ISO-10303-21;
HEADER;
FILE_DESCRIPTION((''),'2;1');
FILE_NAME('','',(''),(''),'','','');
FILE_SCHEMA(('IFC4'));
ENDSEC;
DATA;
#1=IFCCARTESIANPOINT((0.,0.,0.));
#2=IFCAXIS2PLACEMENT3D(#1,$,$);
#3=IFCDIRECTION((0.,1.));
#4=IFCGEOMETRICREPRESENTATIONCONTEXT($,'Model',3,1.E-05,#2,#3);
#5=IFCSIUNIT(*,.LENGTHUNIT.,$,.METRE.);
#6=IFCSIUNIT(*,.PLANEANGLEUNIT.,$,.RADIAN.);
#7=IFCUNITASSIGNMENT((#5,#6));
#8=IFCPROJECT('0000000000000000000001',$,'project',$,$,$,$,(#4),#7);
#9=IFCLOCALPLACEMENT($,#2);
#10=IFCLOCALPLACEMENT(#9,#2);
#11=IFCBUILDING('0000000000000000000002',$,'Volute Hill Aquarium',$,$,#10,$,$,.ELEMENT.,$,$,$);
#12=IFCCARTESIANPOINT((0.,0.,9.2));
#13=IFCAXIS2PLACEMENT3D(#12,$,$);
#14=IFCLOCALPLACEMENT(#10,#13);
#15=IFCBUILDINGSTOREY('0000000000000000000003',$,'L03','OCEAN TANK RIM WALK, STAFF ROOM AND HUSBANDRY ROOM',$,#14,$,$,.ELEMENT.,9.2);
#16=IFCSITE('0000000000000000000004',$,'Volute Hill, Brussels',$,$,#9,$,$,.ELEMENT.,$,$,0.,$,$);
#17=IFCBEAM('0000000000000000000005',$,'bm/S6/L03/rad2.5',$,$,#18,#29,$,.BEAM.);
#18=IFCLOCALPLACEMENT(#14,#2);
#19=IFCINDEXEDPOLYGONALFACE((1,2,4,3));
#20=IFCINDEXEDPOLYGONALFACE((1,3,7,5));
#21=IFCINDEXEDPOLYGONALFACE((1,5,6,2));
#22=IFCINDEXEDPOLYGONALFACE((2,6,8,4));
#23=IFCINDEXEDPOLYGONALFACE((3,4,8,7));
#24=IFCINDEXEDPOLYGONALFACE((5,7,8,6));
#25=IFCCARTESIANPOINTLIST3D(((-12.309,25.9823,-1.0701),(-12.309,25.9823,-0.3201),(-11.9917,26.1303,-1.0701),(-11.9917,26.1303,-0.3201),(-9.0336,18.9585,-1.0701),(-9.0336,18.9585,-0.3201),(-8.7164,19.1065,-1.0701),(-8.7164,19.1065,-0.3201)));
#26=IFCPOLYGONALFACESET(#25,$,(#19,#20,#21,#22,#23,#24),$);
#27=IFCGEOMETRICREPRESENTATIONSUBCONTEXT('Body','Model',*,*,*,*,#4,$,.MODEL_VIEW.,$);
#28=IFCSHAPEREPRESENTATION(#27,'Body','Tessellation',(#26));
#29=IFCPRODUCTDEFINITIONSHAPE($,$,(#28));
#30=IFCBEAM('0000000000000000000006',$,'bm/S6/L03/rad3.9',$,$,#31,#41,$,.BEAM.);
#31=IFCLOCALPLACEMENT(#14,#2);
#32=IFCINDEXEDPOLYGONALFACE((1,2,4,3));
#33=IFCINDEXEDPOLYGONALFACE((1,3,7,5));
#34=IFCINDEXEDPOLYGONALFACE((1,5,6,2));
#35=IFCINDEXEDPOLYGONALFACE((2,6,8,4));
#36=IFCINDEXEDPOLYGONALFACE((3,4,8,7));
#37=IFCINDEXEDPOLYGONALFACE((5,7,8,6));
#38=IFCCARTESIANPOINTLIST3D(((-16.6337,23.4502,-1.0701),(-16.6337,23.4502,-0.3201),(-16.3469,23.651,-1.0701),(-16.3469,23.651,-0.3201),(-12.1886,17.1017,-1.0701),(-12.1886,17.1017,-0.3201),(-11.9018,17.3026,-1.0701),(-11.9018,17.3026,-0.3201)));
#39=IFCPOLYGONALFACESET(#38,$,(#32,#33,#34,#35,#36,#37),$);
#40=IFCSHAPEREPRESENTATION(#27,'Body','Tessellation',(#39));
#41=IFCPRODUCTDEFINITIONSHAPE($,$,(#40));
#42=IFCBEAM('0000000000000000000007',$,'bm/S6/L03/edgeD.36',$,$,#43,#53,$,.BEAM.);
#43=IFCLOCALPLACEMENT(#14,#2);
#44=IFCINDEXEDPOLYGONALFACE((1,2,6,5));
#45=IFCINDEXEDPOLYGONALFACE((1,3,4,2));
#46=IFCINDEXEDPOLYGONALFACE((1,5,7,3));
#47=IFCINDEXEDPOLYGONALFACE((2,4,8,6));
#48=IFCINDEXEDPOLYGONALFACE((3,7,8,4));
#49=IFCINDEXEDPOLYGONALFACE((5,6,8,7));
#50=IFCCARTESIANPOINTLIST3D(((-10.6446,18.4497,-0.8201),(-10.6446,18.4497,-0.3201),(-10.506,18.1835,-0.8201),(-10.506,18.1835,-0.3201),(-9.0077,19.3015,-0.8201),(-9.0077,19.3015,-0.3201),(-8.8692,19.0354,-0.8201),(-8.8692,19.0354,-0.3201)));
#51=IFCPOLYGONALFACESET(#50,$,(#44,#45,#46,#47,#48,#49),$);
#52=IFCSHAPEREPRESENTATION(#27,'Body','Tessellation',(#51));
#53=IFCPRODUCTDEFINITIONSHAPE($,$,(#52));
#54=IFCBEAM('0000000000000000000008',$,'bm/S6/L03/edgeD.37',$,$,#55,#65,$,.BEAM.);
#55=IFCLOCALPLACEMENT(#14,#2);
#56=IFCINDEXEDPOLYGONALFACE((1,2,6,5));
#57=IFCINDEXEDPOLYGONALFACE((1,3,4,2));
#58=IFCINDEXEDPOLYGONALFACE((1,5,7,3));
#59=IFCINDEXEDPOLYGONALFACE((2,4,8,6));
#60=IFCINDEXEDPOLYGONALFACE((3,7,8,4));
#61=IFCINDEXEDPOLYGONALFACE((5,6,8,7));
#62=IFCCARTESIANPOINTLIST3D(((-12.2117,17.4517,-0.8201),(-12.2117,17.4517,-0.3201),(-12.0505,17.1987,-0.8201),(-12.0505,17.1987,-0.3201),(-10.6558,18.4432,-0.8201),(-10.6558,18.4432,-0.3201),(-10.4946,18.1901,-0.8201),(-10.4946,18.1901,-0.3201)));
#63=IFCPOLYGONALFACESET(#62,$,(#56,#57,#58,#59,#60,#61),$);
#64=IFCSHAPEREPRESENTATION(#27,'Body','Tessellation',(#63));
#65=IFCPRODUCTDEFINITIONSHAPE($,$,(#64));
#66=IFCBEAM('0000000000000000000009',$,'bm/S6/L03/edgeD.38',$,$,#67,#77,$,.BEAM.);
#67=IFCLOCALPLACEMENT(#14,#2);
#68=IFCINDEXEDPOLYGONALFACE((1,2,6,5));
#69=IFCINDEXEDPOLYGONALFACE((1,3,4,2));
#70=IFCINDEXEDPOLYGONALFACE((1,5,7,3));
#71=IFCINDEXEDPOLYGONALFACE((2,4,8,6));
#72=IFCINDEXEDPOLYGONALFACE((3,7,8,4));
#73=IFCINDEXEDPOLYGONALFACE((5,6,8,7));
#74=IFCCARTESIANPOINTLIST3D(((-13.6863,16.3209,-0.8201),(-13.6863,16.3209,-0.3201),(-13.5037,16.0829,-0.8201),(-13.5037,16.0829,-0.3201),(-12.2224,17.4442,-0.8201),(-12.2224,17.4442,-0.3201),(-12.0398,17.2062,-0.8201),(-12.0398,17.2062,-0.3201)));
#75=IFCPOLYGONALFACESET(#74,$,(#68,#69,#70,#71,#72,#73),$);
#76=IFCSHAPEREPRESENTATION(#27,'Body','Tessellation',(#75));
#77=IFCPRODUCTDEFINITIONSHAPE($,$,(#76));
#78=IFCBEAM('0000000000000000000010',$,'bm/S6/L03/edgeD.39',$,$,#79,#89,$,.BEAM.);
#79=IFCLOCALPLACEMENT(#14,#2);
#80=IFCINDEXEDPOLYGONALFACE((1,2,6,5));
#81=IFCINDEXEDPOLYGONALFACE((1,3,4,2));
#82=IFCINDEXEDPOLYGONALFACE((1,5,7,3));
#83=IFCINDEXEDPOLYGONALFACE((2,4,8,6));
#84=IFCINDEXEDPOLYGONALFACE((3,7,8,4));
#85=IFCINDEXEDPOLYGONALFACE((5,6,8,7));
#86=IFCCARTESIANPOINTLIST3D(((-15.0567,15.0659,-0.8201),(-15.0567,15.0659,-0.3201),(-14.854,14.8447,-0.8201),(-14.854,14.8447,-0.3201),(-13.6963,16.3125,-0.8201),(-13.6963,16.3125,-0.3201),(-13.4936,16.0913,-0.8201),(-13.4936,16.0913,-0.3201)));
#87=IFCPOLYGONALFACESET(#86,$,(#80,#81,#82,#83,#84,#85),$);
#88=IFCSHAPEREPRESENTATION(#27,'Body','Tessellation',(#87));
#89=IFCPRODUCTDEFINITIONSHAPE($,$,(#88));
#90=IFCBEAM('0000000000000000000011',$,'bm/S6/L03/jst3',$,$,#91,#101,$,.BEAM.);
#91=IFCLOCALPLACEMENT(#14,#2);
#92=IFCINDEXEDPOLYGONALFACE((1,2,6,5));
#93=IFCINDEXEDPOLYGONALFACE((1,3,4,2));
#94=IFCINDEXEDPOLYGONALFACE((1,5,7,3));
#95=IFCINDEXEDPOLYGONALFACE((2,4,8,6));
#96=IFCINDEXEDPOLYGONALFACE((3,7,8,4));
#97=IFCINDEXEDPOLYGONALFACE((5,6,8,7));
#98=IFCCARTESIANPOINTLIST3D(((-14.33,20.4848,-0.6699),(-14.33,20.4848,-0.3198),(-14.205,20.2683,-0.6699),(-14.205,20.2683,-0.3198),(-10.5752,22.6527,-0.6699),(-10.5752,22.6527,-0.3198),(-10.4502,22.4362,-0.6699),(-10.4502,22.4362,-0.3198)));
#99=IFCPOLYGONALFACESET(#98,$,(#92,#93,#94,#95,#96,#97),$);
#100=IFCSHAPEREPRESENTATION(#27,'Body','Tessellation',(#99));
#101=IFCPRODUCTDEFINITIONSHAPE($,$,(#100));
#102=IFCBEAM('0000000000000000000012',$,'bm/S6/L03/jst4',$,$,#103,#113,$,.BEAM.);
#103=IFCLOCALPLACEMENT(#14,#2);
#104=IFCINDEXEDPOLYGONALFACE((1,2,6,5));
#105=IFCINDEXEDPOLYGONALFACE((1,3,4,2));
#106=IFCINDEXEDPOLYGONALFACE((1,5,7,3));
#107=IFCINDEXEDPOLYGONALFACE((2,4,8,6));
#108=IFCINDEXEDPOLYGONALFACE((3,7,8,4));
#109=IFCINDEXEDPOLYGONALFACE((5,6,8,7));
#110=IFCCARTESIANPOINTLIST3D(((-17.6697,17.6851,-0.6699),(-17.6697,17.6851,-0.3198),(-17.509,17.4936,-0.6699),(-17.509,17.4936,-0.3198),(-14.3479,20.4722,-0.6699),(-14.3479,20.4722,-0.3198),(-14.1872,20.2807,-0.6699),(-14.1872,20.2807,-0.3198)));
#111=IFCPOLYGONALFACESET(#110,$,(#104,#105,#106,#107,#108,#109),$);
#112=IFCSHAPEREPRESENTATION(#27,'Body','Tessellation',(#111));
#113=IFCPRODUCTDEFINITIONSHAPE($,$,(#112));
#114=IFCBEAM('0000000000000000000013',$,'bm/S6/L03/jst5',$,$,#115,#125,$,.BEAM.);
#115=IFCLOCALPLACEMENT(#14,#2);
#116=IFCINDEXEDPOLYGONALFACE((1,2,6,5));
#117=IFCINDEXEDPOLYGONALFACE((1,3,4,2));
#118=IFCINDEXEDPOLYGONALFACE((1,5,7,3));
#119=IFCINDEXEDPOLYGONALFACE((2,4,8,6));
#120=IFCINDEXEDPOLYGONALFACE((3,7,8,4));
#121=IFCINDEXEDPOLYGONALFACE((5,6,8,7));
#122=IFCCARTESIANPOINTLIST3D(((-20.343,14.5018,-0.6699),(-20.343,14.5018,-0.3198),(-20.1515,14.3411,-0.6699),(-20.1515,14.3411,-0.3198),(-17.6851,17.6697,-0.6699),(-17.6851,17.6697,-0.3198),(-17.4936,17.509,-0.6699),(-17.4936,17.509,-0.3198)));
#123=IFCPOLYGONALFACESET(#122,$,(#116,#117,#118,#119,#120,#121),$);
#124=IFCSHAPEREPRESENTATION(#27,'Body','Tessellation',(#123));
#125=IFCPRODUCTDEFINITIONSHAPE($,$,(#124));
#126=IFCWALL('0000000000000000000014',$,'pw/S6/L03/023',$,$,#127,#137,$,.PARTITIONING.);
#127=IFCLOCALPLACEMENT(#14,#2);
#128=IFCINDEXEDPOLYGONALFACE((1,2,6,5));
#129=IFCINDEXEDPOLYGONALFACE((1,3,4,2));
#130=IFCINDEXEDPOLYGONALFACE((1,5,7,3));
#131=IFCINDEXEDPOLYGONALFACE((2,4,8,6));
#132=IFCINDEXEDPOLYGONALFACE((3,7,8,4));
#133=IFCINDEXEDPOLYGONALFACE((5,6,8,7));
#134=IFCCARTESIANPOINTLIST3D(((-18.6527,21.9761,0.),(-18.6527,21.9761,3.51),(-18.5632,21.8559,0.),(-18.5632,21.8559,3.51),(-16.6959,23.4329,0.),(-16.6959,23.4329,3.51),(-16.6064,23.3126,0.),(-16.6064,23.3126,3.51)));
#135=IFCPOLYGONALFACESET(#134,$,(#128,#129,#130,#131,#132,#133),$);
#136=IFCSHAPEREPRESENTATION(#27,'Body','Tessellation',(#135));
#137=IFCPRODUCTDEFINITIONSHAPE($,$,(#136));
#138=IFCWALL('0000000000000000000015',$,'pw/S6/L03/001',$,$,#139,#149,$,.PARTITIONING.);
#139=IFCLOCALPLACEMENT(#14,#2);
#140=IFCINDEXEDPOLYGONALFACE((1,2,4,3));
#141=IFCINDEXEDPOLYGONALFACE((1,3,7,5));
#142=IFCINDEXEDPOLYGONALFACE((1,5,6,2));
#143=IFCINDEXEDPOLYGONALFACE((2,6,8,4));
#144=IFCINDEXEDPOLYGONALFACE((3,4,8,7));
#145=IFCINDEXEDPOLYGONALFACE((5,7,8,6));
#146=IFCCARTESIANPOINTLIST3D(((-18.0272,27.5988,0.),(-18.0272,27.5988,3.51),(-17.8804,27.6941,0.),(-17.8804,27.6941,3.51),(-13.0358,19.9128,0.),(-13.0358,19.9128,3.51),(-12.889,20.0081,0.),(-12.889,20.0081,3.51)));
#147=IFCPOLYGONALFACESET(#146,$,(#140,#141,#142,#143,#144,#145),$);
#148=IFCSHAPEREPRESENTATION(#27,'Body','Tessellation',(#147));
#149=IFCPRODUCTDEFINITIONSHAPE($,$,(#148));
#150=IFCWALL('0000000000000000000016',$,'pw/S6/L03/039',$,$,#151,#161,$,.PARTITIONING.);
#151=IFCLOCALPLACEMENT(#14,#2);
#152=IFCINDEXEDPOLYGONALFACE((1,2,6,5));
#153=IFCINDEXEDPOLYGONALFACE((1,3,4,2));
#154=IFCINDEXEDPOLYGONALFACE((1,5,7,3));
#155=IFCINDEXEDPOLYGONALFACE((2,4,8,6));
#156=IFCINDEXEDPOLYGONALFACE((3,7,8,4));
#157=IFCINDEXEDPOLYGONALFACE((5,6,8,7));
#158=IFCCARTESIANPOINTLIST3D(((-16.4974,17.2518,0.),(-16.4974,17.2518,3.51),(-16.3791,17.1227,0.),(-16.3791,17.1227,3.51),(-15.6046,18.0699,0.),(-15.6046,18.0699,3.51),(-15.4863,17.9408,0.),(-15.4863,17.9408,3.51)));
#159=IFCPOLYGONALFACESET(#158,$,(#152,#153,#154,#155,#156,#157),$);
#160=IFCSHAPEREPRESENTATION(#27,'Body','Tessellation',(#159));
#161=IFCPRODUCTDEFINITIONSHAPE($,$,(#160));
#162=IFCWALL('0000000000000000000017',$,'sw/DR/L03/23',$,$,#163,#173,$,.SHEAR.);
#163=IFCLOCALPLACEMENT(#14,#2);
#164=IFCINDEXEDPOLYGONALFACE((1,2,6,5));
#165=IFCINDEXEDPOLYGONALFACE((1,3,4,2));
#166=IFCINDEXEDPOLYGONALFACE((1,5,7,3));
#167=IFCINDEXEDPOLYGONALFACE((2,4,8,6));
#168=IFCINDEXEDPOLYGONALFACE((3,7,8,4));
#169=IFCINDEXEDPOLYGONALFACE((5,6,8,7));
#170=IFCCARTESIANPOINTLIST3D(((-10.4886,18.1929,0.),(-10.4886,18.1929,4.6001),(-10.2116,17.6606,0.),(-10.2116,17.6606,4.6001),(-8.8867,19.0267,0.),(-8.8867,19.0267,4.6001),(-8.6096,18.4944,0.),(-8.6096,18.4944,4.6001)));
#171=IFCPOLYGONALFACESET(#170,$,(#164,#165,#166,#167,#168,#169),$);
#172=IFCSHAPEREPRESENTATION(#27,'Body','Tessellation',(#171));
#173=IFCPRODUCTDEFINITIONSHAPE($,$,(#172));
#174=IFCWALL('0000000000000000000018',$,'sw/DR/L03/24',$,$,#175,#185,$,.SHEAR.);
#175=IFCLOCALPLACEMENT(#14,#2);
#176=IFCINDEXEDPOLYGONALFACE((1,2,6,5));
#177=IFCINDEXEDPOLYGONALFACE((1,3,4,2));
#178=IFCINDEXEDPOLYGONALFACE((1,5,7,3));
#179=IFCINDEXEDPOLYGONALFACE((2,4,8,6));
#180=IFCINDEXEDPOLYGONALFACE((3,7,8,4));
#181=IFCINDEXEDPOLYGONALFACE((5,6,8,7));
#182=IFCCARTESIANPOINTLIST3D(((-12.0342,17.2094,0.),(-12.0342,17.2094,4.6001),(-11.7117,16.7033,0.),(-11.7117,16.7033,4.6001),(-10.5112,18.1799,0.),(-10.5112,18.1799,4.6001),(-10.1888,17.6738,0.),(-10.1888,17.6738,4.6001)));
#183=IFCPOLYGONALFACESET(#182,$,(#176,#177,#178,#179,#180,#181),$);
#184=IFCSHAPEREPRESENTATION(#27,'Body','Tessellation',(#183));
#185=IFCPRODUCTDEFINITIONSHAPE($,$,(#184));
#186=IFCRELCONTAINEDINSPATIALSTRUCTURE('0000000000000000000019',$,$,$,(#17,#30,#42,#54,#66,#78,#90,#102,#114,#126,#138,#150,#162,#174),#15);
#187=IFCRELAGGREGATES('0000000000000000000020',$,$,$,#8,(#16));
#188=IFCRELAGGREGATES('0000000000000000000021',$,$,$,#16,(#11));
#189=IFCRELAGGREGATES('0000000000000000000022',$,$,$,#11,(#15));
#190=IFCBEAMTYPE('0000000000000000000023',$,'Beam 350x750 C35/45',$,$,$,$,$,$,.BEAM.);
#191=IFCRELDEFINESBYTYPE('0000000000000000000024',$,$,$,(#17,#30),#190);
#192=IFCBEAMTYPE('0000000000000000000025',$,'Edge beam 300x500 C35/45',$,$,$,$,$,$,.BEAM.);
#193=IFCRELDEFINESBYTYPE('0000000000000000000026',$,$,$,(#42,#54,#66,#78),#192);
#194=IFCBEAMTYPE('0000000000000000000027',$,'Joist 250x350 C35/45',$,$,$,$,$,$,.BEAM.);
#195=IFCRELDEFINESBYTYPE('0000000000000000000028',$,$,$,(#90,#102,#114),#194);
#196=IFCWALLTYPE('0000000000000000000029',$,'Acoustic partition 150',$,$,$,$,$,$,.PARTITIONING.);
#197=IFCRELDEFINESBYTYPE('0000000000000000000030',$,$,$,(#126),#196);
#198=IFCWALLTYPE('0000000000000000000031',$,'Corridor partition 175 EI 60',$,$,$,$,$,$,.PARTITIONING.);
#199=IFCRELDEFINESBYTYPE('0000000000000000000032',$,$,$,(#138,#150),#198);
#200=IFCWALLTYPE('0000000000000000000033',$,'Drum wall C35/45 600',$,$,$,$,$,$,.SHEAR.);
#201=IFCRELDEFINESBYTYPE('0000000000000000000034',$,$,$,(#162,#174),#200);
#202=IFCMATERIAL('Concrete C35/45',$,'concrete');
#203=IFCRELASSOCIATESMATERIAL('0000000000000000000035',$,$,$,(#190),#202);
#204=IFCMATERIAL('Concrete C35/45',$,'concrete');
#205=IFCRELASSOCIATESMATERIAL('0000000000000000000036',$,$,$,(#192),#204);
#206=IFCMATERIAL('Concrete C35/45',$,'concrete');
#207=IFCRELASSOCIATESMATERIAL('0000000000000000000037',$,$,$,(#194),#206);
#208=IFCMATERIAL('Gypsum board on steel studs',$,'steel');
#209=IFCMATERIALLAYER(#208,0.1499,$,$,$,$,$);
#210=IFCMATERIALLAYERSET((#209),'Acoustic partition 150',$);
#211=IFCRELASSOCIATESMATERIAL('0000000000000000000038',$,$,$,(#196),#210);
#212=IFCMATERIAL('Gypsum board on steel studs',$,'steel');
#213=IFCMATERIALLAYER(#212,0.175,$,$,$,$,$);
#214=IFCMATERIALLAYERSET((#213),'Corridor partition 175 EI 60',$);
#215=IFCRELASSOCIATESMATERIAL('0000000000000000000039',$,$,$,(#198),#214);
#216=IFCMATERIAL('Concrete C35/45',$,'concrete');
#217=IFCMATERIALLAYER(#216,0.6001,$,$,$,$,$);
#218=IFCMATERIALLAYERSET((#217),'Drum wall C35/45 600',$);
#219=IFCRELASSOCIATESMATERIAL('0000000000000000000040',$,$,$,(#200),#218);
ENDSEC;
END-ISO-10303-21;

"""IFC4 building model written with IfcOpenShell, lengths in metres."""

from ifc_helpers import new_model, si_unit, direction, frame, frame_2d, origin, origin_2d, place, context, subcontext, project, spatial, rectangle, extrude, material, layer, layer_set, material_profile, profile_set, type_object, element, save


model = new_model("IFC4")

# Units and contexts
model_context = context("Model", 3, precision=1e-05, world=origin(), true_north=direction((0.0, 1.0)))
body_context = subcontext(model_context, "Body", "Model", "MODEL_VIEW")
ifc_project = project(units=[si_unit("LENGTHUNIT", "METRE"), si_unit("PLANEANGLEUNIT", "RADIAN")], contexts=[model_context])

# Site, building, storey
site_placement = place(None, origin())
site = spatial("IfcSite", under=ifc_project, at=site_placement, Name="Volute Hill, Brussels", CompositionType="ELEMENT", RefElevation=0.0)
building_placement = place(site_placement, origin())
building = spatial("IfcBuilding", under=site, at=building_placement, Name="Volute Hill Aquarium", CompositionType="ELEMENT")
storey_placement = place(building_placement, frame((0.0, 0.0, 9.2)))
storey = spatial("IfcBuildingStorey", under=building, at=storey_placement, Name="L03", Description="OCEAN TANK RIM WALK, STAFF ROOM AND HUSBANDRY ROOM", CompositionType="ELEMENT", Elevation=9.2)

# Beams
ifc_material_1 = material(Name="Concrete C35/45", Category="concrete")
ifc_material_profile_1 = material_profile(ifc_material_1, rectangle(XDim=0.3501, YDim=0.75, at=origin_2d()), Name="RC beam 350x750")
ifc_profile_set_1 = profile_set([ifc_material_profile_1], Name="Concrete C35/45")
beam_type_1 = type_object("IfcBeamType", Name="Beam 350x750 C35/45", PredefinedType="BEAM", material=ifc_profile_set_1)
for number, where, z_axis, x_axis, name in (
    (1, (-8.875, 19.0325, -0.6951), (-0.422627, 0.906304, 0.0), (-0.906304, -0.422627, 0.0), "bm/S6/L03/rad2.5"),
    (2, (-12.0452, 17.2021, -0.6951), (-0.573566, 0.819159, 0.0), (-0.819159, -0.573566, 0.0), "bm/S6/L03/rad3.9"),
):
    element("IfcBeam", number, at=place(storey_placement, frame(where, z_axis=z_axis, x_axis=x_axis)), inside=storey, type_object=beam_type_1, Name=name, PredefinedType="BEAM", context=body_context, shape_type="SweptSolid", body=[
        extrude(rectangle(XDim=0.3501, YDim=0.75, at=origin_2d()), origin(), (0.0, 0.0, 1.0), 7.75),
    ])
ifc_material_2 = material(Name="Concrete C35/45", Category="concrete")
ifc_material_profile_2 = material_profile(ifc_material_2, rectangle(XDim=0.3, YDim=0.5, at=origin_2d()), Name="RC edge beam 300x500")
ifc_profile_set_2 = profile_set([ifc_material_profile_2], Name="Concrete C35/45")
beam_type_2 = type_object("IfcBeamType", Name="Edge beam 300x500 C35/45", PredefinedType="BEAM", material=ifc_profile_set_2)
beam_1_placement = place(storey_placement, frame((-8.9385, 19.1685, -0.5701), z_axis=(-0.887059, -0.461657, 0.0), x_axis=(0.461657, -0.887059, 0.0)))
element("IfcBeam", 3, at=beam_1_placement, inside=storey, type_object=beam_type_2, Name="bm/S6/L03/edgeD.36", PredefinedType="BEAM", context=body_context, shape_type="SweptSolid", body=[
    extrude(rectangle(XDim=0.3, YDim=0.5, at=origin_2d()), origin(), (0.0, 0.0, 1.0), 1.8452),
])
beam_2_placement = place(storey_placement, frame((-10.5752, 18.3167, -0.5701), z_axis=(-0.843334, -0.537389, 0.0), x_axis=(0.537389, -0.843334, 0.0)))
element("IfcBeam", 4, at=beam_2_placement, inside=storey, type_object=beam_type_2, Name="bm/S6/L03/edgeD.37", PredefinedType="BEAM", context=body_context, shape_type="SweptSolid", body=[
    extrude(rectangle(XDim=0.3, YDim=0.5, at=origin_2d()), origin(), (0.0, 0.0, 1.0), 1.845),
])
for number, where, z_axis, x_axis, name in (
    (5, (-12.1311, 17.3252, -0.5701), (-0.793346, -0.60877, 0.0), (0.60877, -0.793346, 0.0), "bm/S6/L03/edgeD.38"),
    (6, (-13.595, 16.2019, -0.5701), (-0.737264, -0.675605, 0.0), (0.675605, -0.737264, 0.0), "bm/S6/L03/edgeD.39"),
):
    element("IfcBeam", number, at=place(storey_placement, frame(where, z_axis=z_axis, x_axis=x_axis)), inside=storey, type_object=beam_type_2, Name=name, PredefinedType="BEAM", context=body_context, shape_type="SweptSolid", body=[
        extrude(rectangle(XDim=0.3, YDim=0.5, at=origin_2d()), origin(), (0.0, 0.0, 1.0), 1.8452),
    ])
ifc_material_3 = material(Name="Concrete C35/45", Category="concrete")
ifc_material_profile_3 = material_profile(ifc_material_3, rectangle(XDim=0.25, YDim=0.3501, at=origin_2d()), Name="RC joist 250x350")
ifc_profile_set_3 = profile_set([ifc_material_profile_3], Name="Concrete C35/45")
beam_type_3 = type_object("IfcBeamType", Name="Joist 250x350 C35/45", PredefinedType="BEAM", material=ifc_profile_set_3)
beam_3_placement = place(storey_placement, frame((-10.5127, 22.5444, -0.4949), z_axis=(-0.866017, -0.500015, 0.0), x_axis=(0.500015, -0.866017, 0.0)))
element("IfcBeam", 7, at=beam_3_placement, inside=storey, type_object=beam_type_3, Name="bm/S6/L03/jst3", PredefinedType="BEAM", context=body_context, shape_type="SweptSolid", body=[
    extrude(rectangle(XDim=0.25, YDim=0.3501, at=origin_2d()), origin(), (0.0, 0.0, 1.0), 4.3357),
])
beam_4_placement = place(storey_placement, frame((-14.2676, 20.3765, -0.4949), z_axis=(-0.766066, -0.642762, 0.0), x_axis=(0.642762, -0.766066, 0.0)))
element("IfcBeam", 8, at=beam_4_placement, inside=storey, type_object=beam_type_3, Name="bm/S6/L03/jst4", PredefinedType="BEAM", context=body_context, shape_type="SweptSolid", body=[
    extrude(rectangle(XDim=0.25, YDim=0.3501, at=origin_2d()), origin(), (0.0, 0.0, 1.0), 4.3362),
])
beam_5_placement = place(storey_placement, frame((-17.5894, 17.5894, -0.4949), z_axis=(-0.642748, -0.766078, 0.0), x_axis=(0.766078, -0.642748, 0.0)))
element("IfcBeam", 9, at=beam_5_placement, inside=storey, type_object=beam_type_3, Name="bm/S6/L03/jst5", PredefinedType="BEAM", context=body_context, shape_type="SweptSolid", body=[
    extrude(rectangle(XDim=0.25, YDim=0.3501, at=origin_2d()), origin(), (0.0, 0.0, 1.0), 4.1353),
])

# Walls
ifc_material_4 = material(Name="Gypsum board on steel studs", Category="steel")
ifc_layer_1 = layer(ifc_material_4, 0.1499)
ifc_layer_set_1 = layer_set([ifc_layer_1], Name="Acoustic partition 150")
wall_type_1 = type_object("IfcWallType", Name="Acoustic partition 150", PredefinedType="PARTITIONING", material=ifc_layer_set_1)
wall_1_placement = place(storey_placement, frame((-18.6079, 21.916, 0.0), z_axis=(0.0, 0.0, 1.0), x_axis=(0.802121, 0.597162, 0.0)))
element("IfcWall", 10, at=wall_1_placement, inside=storey, type_object=wall_type_1, Name="pw/S6/L03/023", PredefinedType="PARTITIONING", context=body_context, shape_type="SweptSolid", body=[
    extrude(rectangle(XDim=2.4395, YDim=0.1499, at=frame_2d((1.2197, 0.0))), origin(), (0.0, 0.0, 1.0), 3.51),
])
ifc_material_5 = material(Name="Gypsum board on steel studs", Category="steel")
ifc_layer_2 = layer(ifc_material_5, 0.175)
ifc_layer_set_2 = layer_set([ifc_layer_2], Name="Corridor partition 175 EI 60")
wall_type_2 = type_object("IfcWallType", Name="Corridor partition 175 EI 60", PredefinedType="PARTITIONING", material=ifc_layer_set_2)
wall_2_placement = place(storey_placement, frame((-12.9624, 19.9604, 0.0), z_axis=(0.0, 0.0, 1.0), x_axis=(-0.544646, 0.838666, 0.0)))
element("IfcWall", 11, at=wall_2_placement, inside=storey, type_object=wall_type_2, Name="pw/S6/L03/001", PredefinedType="PARTITIONING", context=body_context, shape_type="SweptSolid", body=[
    extrude(rectangle(XDim=9.1646, YDim=0.175, at=frame_2d((4.5823, 0.0))), origin(), (0.0, 0.0, 1.0), 3.51),
])
wall_3_placement = place(storey_placement, frame((-16.4382, 17.1873, 0.0), z_axis=(0.0, 0.0, 1.0), x_axis=(0.73728, 0.675588, 0.0)))
element("IfcWall", 12, at=wall_3_placement, inside=storey, type_object=wall_type_2, Name="pw/S6/L03/039", PredefinedType="PARTITIONING", context=body_context, shape_type="SweptSolid", body=[
    extrude(rectangle(XDim=1.2109, YDim=0.175, at=frame_2d((0.6055, 0.0))), origin(), (0.0, 0.0, 1.0), 3.51),
])
ifc_material_6 = material(Name="Concrete C35/45", Category="concrete")
ifc_layer_3 = layer(ifc_material_6, 0.6001)
ifc_layer_set_3 = layer_set([ifc_layer_3], Name="Drum wall C35/45 600")
wall_type_3 = type_object("IfcWallType", Name="Drum wall C35/45 600", PredefinedType="SHEAR", material=ifc_layer_set_3)
for number, where, z_axis, x_axis, name in (
    (13, (-8.7483, 18.7605, 0.0), (0.0, 0.0, 1.0), (-0.887035, -0.461702, 0.0), "sw/DR/L03/23"),
    (14, (-10.3501, 17.9268, 0.0), (0.0, 0.0, 1.0), (-0.843333, -0.537392, 0.0), "sw/DR/L03/24"),
):
    element("IfcWall", number, at=place(storey_placement, frame(where, z_axis=z_axis, x_axis=x_axis)), inside=storey, type_object=wall_type_3, Name=name, PredefinedType="SHEAR", context=body_context, shape_type="SweptSolid", body=[
        extrude(rectangle(XDim=1.8059, YDim=0.6001, at=frame_2d((0.9028, 0.0))), origin(), (0.0, 0.0, 1.0), 4.6001),
    ])

save(model, "model.ifc")
